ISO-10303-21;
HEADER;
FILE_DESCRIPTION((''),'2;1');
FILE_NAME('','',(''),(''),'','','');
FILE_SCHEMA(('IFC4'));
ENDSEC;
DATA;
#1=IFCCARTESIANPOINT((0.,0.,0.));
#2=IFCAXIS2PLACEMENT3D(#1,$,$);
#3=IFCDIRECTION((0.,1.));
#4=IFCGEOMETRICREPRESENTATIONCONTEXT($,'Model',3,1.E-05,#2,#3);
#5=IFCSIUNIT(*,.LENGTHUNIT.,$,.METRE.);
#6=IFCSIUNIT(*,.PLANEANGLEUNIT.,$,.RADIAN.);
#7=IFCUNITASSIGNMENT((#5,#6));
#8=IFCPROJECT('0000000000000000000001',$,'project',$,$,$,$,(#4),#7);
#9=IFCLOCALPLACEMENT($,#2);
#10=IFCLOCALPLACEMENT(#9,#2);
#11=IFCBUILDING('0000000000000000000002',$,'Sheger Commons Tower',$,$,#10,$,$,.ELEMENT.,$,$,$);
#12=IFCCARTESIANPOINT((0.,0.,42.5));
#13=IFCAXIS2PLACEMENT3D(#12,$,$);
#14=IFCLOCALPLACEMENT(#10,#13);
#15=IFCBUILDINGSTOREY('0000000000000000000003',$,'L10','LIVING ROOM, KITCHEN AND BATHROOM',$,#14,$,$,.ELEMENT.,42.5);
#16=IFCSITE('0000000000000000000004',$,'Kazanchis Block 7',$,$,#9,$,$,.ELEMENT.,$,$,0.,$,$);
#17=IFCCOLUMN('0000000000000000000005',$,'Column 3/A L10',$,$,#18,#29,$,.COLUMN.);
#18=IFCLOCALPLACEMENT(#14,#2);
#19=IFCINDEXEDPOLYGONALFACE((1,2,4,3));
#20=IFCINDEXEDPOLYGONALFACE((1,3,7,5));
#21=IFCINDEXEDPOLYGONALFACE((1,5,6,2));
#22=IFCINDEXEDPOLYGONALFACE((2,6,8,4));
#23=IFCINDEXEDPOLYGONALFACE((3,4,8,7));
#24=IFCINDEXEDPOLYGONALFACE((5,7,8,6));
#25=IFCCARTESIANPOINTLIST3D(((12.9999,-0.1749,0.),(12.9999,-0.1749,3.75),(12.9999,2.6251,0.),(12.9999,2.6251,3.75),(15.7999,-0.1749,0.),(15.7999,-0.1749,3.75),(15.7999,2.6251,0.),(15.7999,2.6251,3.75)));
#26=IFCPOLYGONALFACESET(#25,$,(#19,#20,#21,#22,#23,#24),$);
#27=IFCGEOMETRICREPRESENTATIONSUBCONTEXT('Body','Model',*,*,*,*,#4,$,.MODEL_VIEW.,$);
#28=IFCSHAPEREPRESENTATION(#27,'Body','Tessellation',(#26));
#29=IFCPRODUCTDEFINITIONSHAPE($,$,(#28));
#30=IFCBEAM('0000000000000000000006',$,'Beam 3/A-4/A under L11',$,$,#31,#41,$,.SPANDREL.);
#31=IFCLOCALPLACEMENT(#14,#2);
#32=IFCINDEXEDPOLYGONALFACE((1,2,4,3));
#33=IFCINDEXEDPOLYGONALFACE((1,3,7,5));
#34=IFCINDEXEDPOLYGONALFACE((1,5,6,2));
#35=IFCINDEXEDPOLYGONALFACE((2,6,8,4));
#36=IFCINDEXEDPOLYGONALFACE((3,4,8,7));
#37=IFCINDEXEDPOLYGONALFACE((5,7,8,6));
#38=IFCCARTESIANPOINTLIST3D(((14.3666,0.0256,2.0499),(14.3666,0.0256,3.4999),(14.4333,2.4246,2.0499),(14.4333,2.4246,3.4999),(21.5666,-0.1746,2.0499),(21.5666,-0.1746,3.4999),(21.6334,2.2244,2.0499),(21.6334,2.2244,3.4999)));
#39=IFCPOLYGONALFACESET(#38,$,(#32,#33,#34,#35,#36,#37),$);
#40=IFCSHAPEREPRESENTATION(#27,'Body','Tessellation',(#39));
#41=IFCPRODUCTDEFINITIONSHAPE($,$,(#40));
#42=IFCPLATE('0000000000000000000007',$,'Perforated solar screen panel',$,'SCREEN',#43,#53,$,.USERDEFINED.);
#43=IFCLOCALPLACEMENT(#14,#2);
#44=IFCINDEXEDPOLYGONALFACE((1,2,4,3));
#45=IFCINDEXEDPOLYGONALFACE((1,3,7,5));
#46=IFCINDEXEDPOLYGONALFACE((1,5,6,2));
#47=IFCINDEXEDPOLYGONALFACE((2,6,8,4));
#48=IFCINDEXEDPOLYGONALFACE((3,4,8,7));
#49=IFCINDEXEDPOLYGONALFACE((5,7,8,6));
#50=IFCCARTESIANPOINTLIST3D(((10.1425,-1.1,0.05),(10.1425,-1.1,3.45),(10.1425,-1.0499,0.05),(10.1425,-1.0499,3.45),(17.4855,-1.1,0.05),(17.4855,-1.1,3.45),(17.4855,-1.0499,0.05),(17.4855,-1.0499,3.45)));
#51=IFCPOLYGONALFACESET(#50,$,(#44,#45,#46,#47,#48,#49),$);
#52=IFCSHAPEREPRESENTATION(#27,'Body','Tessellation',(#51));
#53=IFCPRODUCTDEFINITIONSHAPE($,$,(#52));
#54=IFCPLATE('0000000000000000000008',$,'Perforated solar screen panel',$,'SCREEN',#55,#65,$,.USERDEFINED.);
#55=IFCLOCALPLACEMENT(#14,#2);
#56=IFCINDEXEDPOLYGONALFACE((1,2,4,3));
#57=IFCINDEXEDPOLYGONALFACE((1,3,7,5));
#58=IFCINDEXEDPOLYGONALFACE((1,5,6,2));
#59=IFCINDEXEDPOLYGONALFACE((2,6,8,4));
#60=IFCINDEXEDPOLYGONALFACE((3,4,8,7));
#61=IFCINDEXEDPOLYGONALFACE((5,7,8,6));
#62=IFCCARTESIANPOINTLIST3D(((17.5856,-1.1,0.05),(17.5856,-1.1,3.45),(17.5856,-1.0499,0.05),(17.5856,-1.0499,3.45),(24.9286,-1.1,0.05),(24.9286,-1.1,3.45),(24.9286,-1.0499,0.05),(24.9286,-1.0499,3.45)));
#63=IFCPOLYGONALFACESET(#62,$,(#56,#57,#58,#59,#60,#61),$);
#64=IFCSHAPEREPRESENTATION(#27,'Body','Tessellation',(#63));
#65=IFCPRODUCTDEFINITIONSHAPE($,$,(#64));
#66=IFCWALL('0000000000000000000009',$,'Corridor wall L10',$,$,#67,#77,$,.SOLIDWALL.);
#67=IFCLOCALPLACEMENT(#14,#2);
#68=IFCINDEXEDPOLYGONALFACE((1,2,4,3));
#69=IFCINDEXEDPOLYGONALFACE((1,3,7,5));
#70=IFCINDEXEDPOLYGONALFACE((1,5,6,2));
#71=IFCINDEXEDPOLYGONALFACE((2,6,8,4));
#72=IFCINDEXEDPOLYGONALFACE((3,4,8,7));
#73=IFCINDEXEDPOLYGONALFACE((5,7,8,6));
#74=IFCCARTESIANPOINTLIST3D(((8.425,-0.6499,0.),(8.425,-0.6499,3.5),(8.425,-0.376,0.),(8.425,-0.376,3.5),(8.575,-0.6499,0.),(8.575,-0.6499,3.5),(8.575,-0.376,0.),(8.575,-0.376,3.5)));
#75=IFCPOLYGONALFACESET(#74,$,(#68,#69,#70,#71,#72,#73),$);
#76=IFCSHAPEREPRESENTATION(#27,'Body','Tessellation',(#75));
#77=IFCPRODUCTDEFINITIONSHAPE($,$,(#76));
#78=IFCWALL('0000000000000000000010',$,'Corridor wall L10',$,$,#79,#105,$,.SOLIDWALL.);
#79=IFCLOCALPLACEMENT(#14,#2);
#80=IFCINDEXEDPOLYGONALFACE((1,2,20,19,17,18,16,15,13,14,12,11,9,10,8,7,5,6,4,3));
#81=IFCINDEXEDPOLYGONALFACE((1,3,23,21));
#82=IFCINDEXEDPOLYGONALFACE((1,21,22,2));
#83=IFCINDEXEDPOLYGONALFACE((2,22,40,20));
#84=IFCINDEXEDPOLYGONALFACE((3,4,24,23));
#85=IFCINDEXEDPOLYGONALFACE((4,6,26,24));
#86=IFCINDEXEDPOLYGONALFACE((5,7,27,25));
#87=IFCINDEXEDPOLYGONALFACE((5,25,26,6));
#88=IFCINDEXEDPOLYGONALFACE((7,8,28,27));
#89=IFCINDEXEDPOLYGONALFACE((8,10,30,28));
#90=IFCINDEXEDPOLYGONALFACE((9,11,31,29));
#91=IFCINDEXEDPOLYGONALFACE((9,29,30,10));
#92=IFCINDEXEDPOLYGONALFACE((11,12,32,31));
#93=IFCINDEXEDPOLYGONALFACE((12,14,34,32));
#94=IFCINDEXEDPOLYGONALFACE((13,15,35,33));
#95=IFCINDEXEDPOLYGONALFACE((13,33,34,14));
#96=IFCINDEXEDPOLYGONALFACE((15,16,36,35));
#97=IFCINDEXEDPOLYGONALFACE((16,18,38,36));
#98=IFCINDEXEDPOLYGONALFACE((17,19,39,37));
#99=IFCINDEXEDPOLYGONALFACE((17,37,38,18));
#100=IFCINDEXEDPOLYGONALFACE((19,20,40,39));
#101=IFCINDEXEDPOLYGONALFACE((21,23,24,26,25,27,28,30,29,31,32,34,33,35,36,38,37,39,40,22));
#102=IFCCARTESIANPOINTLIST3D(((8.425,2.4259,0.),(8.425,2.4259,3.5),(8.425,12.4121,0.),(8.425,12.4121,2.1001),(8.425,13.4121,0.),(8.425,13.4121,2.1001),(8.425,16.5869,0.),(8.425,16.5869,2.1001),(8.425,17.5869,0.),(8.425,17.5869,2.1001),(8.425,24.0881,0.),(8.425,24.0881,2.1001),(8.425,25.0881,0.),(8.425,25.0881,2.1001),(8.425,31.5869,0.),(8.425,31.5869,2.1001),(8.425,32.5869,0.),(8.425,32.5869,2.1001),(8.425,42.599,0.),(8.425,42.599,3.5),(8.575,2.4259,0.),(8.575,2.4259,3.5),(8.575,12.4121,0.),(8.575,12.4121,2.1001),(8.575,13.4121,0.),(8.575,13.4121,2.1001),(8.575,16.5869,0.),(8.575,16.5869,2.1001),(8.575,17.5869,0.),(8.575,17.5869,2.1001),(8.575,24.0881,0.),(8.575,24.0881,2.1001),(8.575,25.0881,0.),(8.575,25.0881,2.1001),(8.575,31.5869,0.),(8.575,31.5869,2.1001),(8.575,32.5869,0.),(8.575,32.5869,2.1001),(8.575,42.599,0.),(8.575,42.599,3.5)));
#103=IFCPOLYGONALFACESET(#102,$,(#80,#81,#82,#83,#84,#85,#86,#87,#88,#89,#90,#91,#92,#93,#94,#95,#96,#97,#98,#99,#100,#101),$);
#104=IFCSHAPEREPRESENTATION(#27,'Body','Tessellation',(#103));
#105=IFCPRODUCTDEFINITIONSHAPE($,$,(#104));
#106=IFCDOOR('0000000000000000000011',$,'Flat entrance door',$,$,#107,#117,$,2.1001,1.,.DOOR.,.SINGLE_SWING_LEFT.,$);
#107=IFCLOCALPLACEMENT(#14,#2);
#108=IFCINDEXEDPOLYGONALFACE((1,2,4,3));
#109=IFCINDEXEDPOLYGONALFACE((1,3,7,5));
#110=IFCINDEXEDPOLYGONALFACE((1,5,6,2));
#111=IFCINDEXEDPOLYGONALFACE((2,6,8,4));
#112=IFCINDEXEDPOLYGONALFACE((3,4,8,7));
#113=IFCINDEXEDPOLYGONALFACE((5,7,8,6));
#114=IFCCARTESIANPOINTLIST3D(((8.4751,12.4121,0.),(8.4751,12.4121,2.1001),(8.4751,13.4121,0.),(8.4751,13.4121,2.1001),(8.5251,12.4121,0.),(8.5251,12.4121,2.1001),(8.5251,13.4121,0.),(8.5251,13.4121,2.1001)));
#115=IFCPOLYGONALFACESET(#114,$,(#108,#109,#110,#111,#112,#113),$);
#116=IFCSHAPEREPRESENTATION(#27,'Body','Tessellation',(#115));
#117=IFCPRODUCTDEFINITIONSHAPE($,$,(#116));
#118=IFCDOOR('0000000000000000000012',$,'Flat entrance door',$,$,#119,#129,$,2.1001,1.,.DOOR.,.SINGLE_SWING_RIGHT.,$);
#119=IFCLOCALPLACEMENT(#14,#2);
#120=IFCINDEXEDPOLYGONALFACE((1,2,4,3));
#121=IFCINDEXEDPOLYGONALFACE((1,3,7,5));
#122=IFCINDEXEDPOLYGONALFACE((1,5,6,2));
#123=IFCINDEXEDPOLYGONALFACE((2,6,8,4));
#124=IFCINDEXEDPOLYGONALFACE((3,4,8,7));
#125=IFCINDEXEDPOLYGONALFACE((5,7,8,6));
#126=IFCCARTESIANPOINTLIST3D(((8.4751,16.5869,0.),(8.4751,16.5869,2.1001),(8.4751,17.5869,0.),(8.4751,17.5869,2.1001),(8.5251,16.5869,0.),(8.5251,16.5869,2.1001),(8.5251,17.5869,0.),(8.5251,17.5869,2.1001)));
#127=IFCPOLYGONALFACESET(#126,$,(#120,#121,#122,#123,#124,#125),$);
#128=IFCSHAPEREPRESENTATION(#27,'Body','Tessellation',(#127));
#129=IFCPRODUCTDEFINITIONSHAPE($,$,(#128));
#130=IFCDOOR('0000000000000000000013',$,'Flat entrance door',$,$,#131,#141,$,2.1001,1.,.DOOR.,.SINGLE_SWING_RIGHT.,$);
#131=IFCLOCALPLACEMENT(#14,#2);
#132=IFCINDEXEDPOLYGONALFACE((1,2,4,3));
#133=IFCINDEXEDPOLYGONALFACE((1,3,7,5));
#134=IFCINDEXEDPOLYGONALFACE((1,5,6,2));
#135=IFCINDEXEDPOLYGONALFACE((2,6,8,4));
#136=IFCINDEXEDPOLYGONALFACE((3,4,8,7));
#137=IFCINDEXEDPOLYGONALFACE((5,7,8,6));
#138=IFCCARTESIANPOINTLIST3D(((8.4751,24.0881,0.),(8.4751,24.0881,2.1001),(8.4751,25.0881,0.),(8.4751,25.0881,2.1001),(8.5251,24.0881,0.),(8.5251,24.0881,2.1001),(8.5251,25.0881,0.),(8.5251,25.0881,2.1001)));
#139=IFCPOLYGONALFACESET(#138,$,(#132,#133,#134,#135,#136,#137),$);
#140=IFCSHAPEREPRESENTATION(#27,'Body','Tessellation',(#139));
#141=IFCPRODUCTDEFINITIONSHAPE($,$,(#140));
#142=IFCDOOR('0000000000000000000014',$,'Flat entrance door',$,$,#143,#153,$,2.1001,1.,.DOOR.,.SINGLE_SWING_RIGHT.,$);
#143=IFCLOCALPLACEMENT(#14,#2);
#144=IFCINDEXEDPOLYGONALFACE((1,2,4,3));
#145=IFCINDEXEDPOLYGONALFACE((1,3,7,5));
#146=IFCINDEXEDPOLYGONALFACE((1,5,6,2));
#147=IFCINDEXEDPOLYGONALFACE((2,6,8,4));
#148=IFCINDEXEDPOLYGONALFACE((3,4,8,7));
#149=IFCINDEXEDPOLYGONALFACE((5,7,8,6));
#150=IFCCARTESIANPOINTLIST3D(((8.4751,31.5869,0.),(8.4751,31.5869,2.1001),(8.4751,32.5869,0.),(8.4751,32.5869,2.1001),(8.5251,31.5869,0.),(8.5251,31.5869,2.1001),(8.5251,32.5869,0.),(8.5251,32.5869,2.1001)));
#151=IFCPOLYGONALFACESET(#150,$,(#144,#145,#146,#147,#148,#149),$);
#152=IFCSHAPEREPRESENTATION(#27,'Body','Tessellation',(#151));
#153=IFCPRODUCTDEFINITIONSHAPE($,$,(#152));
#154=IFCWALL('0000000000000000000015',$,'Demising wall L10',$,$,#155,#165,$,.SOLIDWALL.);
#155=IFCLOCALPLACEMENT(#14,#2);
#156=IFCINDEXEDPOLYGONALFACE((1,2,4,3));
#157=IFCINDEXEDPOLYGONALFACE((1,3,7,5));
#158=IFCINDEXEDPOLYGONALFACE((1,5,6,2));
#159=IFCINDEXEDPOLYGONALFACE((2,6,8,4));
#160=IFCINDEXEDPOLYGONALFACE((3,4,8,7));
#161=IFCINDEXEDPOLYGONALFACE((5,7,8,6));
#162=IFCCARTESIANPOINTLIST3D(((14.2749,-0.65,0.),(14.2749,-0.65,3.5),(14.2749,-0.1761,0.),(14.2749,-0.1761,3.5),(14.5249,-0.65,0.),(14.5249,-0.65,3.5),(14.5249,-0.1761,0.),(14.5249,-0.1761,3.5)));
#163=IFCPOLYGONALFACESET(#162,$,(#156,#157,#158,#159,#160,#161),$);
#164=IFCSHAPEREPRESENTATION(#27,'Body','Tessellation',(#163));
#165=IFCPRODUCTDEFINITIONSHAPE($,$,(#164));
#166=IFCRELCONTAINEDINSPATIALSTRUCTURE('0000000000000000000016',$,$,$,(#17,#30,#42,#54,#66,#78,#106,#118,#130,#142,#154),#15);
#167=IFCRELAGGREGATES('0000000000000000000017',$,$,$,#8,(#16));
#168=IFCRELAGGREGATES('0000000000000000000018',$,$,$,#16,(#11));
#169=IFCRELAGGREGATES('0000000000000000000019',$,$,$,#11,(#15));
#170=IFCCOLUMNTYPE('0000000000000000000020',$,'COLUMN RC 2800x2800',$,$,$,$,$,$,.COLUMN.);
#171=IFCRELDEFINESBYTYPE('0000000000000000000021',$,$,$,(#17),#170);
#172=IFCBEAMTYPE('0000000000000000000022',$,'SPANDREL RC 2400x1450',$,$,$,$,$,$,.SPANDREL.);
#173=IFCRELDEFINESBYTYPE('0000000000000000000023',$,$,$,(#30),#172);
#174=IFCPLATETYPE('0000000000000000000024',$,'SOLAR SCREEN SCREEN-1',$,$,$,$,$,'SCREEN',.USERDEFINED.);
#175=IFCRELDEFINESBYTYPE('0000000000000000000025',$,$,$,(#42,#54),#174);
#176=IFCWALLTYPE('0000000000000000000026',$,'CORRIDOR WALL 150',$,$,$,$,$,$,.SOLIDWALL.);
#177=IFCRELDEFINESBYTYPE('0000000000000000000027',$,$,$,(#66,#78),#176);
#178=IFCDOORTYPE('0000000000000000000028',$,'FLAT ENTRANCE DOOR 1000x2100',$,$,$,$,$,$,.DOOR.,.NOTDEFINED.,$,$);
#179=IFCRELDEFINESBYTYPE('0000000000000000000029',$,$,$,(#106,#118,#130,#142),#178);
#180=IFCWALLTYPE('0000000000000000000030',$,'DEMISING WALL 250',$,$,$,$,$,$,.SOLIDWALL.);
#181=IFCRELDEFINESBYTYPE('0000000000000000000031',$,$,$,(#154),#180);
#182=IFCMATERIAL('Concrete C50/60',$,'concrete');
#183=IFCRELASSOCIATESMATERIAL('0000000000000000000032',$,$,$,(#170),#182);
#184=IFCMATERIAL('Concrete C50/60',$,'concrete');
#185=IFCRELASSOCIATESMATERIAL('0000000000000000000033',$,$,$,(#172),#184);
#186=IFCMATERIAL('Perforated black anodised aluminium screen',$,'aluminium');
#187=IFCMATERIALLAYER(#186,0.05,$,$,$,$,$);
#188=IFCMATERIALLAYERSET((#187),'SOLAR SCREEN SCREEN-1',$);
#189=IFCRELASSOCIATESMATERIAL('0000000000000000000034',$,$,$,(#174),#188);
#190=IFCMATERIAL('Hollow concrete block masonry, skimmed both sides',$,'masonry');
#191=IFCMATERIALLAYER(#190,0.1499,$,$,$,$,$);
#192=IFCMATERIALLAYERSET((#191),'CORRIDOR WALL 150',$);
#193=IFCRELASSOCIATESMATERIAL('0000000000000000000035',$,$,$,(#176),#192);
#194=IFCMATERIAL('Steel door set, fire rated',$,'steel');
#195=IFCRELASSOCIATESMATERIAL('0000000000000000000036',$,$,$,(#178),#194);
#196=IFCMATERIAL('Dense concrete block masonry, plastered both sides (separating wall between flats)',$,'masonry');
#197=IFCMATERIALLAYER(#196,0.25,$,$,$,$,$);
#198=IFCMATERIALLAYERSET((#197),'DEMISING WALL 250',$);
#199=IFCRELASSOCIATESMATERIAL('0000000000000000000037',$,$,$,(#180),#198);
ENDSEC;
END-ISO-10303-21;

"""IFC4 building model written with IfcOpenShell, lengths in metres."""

from ifc_helpers import new_model, si_unit, direction, frame, frame_2d, origin, origin_2d, place, context, subcontext, project, spatial, rectangle, extrude, material, layer, layer_set, material_profile, profile_set, type_object, element, fill, save


model = new_model("IFC4")

# Units and contexts
model_context = context("Model", 3, precision=1e-05, world=origin(), true_north=direction((0.0, 1.0)))
body_context = subcontext(model_context, "Body", "Model", "MODEL_VIEW")
ifc_project = project(units=[si_unit("LENGTHUNIT", "METRE"), si_unit("PLANEANGLEUNIT", "RADIAN")], contexts=[model_context])

# Site, building, storey
site_placement = place(None, origin())
site = spatial("IfcSite", under=ifc_project, at=site_placement, Name="Kazanchis Block 7", CompositionType="ELEMENT", RefElevation=0.0)
building_placement = place(site_placement, origin())
building = spatial("IfcBuilding", under=site, at=building_placement, Name="Sheger Commons Tower", CompositionType="ELEMENT")
storey_placement = place(building_placement, frame((0.0, 0.0, 42.5)))
storey = spatial("IfcBuildingStorey", under=building, at=storey_placement, Name="L10", Description="LIVING ROOM, KITCHEN AND BATHROOM", CompositionType="ELEMENT", Elevation=42.5)

# Column
ifc_material_1 = material(Name="Concrete C50/60", Category="concrete")
ifc_material_profile_1 = material_profile(ifc_material_1, rectangle(XDim=2.8, YDim=2.8, at=origin_2d()), Name="RC 2800x2800")
ifc_profile_set_1 = profile_set([ifc_material_profile_1], Name="Concrete C50/60")
column_type = type_object("IfcColumnType", Name="COLUMN RC 2800x2800", PredefinedType="COLUMN", material=ifc_profile_set_1)
column_placement = place(storey_placement, frame((14.3999, 1.2251, 0.0), z_axis=(0.0, 0.0, 1.0), x_axis=(1.0, 0.0, 0.0)))
element("IfcColumn", 1, at=column_placement, inside=storey, type_object=column_type, Name="Column 3/A L10", PredefinedType="COLUMN", context=body_context, shape_type="SweptSolid", body=[
    extrude(rectangle(XDim=2.8, YDim=2.8, at=origin_2d()), origin(), (0.0, 0.0, 1.0), 3.75),
])

# Beam
ifc_material_2 = material(Name="Concrete C50/60", Category="concrete")
ifc_material_profile_2 = material_profile(ifc_material_2, rectangle(XDim=2.3999, YDim=1.45, at=origin_2d()), Name="RC 2400x1450")
ifc_profile_set_2 = profile_set([ifc_material_profile_2], Name="Concrete C50/60")
beam_type = type_object("IfcBeamType", Name="SPANDREL RC 2400x1450", PredefinedType="SPANDREL", material=ifc_profile_set_2)
beam_placement = place(storey_placement, frame((14.3999, 1.2251, 2.7749), z_axis=(0.999614, -0.027793, 0.0), x_axis=(0.027793, 0.999614, 0.0)))
element("IfcBeam", 2, at=beam_placement, inside=storey, type_object=beam_type, Name="Beam 3/A-4/A under L11", PredefinedType="SPANDREL", context=body_context, shape_type="SweptSolid", body=[
    extrude(rectangle(XDim=2.3999, YDim=1.45, at=origin_2d()), origin(), (0.0, 0.0, 1.0), 7.2029),
])

# Plates
ifc_material_3 = material(Name="Perforated black anodised aluminium screen", Category="aluminium")
ifc_layer_1 = layer(ifc_material_3, 0.05)
ifc_layer_set_1 = layer_set([ifc_layer_1], Name="SOLAR SCREEN SCREEN-1")
plate_type = type_object("IfcPlateType", Name="SOLAR SCREEN SCREEN-1", ElementType="SCREEN", PredefinedType="USERDEFINED", material=ifc_layer_set_1)
for number, where, z_axis, x_axis, name in (
    (3, (13.814, -1.075, 0.05), (0.0, 0.0, 1.0), (1.0, 0.0, 0.0), "Perforated solar screen panel"),
    (4, (21.2571, -1.075, 0.05), (0.0, 0.0, 1.0), (1.0, 0.0, 0.0), "Perforated solar screen panel"),
):
    element("IfcPlate", number, at=place(storey_placement, frame(where, z_axis=z_axis, x_axis=x_axis)), inside=storey, type_object=plate_type, Name=name, ObjectType="SCREEN", PredefinedType="USERDEFINED", context=body_context, shape_type="SweptSolid", body=[
        extrude(rectangle(XDim=7.343, YDim=0.05, at=origin_2d()), origin(), (0.0, 0.0, 1.0), 3.3999),
    ])

# Wall
ifc_material_4 = material(Name="Hollow concrete block masonry, skimmed both sides", Category="masonry")
ifc_layer_2 = layer(ifc_material_4, 0.1499)
ifc_layer_set_2 = layer_set([ifc_layer_2], Name="CORRIDOR WALL 150")
wall_type_1 = type_object("IfcWallType", Name="CORRIDOR WALL 150", PredefinedType="SOLIDWALL", material=ifc_layer_set_2)
wall_1_placement = place(storey_placement, frame((8.5, -0.6499, 0.0), z_axis=(0.0, 0.0, 1.0), x_axis=(0.0, 1.0, 0.0)))
element("IfcWall", 5, at=wall_1_placement, inside=storey, type_object=wall_type_1, Name="Corridor wall L10", PredefinedType="SOLIDWALL", context=body_context, shape_type="SweptSolid", body=[
    extrude(rectangle(XDim=0.2739, YDim=0.1499, at=frame_2d((0.137, 0.0))), origin(), (0.0, 0.0, 1.0), 3.5),
])

# Wall, openings, doors
wall_2_placement = place(storey_placement, frame((8.5, 2.426, 0.0), z_axis=(0.0, 0.0, 1.0), x_axis=(0.0, 1.0, 0.0)))
wall_2 = element("IfcWall", 6, at=wall_2_placement, inside=storey, type_object=wall_type_1, Name="Corridor wall L10", PredefinedType="SOLIDWALL", context=body_context, shape_type="SweptSolid", body=[
    extrude(rectangle(XDim=40.1731, YDim=0.1499, at=frame_2d((20.0864, 0.0))), origin(), (0.0, 0.0, 1.0), 3.5),
])
opening_1_placement = place(wall_2_placement, frame((9.9861, 0.0, 0.0)))
opening_1 = element("IfcOpeningElement", 7, at=opening_1_placement, cuts=wall_2, PredefinedType="OPENING", context=body_context, shape_type="SweptSolid", body=[
    extrude(rectangle(XDim=1.0, YDim=2.1001, at=frame_2d((0.5, 1.05))), frame((0.0, 0.085, 0.0), z_axis=(0.0, -1.0, 0.0), x_axis=(1.0, 0.0, 0.0)), (0.0, 0.0, 1.0), 0.1699),
])
opening_2_placement = place(wall_2_placement, frame((14.1609, 0.0, 0.0)))
opening_2 = element("IfcOpeningElement", 8, at=opening_2_placement, cuts=wall_2, PredefinedType="OPENING", context=body_context, shape_type="SweptSolid", body=[
    extrude(rectangle(XDim=1.0, YDim=2.1001, at=frame_2d((0.5, 1.05))), frame((0.0, 0.085, 0.0), z_axis=(0.0, -1.0, 0.0), x_axis=(1.0, 0.0, 0.0)), (0.0, 0.0, 1.0), 0.1699),
])
opening_3_placement = place(wall_2_placement, frame((21.6621, 0.0, 0.0)))
opening_3 = element("IfcOpeningElement", 9, at=opening_3_placement, cuts=wall_2, PredefinedType="OPENING", context=body_context, shape_type="SweptSolid", body=[
    extrude(rectangle(XDim=1.0, YDim=2.1001, at=frame_2d((0.5, 1.05))), frame((0.0, 0.085, 0.0), z_axis=(0.0, -1.0, 0.0), x_axis=(1.0, 0.0, 0.0)), (0.0, 0.0, 1.0), 0.1699),
])
opening_4_placement = place(wall_2_placement, frame((29.1609, 0.0, 0.0)))
opening_4 = element("IfcOpeningElement", 10, at=opening_4_placement, cuts=wall_2, PredefinedType="OPENING", context=body_context, shape_type="SweptSolid", body=[
    extrude(rectangle(XDim=1.0, YDim=2.1001, at=frame_2d((0.5, 1.05))), frame((0.0, 0.085, 0.0), z_axis=(0.0, -1.0, 0.0), x_axis=(1.0, 0.0, 0.0)), (0.0, 0.0, 1.0), 0.1699),
])
ifc_material_5 = material(Name="Steel door set, fire rated", Category="steel")
door_type = type_object("IfcDoorType", Name="FLAT ENTRANCE DOOR 1000x2100", OperationType="NOTDEFINED", PredefinedType="DOOR", material=ifc_material_5)
door_1_placement = place(opening_1_placement, origin())
door_1 = element("IfcDoor", 11, at=door_1_placement, inside=storey, type_object=door_type, Name="Flat entrance door", OperationType="SINGLE_SWING_LEFT", OverallHeight=2.1001, OverallWidth=1.0, PredefinedType="DOOR", context=body_context, shape_type="SweptSolid", body=[
    extrude(rectangle(XDim=1.0, YDim=2.1001, at=frame_2d((0.5, 1.05))), frame((0.0, 0.0249, 0.0), z_axis=(0.0, -1.0, 0.0), x_axis=(1.0, 0.0, 0.0)), (0.0, 0.0, 1.0), 0.05),
])
fill(opening_1, door_1)
door_2_placement = place(opening_2_placement, origin())
door_2 = element("IfcDoor", 12, at=door_2_placement, inside=storey, type_object=door_type, Name="Flat entrance door", OperationType="SINGLE_SWING_RIGHT", OverallHeight=2.1001, OverallWidth=1.0, PredefinedType="DOOR", context=body_context, shape_type="SweptSolid", body=[
    extrude(rectangle(XDim=1.0, YDim=2.1001, at=frame_2d((0.5, 1.05))), frame((0.0, 0.0249, 0.0), z_axis=(0.0, -1.0, 0.0), x_axis=(1.0, 0.0, 0.0)), (0.0, 0.0, 1.0), 0.05),
])
fill(opening_2, door_2)
door_3_placement = place(opening_3_placement, origin())
door_3 = element("IfcDoor", 13, at=door_3_placement, inside=storey, type_object=door_type, Name="Flat entrance door", OperationType="SINGLE_SWING_RIGHT", OverallHeight=2.1001, OverallWidth=1.0, PredefinedType="DOOR", context=body_context, shape_type="SweptSolid", body=[
    extrude(rectangle(XDim=1.0, YDim=2.1001, at=frame_2d((0.5, 1.05))), frame((0.0, 0.0249, 0.0), z_axis=(0.0, -1.0, 0.0), x_axis=(1.0, 0.0, 0.0)), (0.0, 0.0, 1.0), 0.05),
])
fill(opening_3, door_3)
door_4_placement = place(opening_4_placement, origin())
door_4 = element("IfcDoor", 14, at=door_4_placement, inside=storey, type_object=door_type, Name="Flat entrance door", OperationType="SINGLE_SWING_RIGHT", OverallHeight=2.1001, OverallWidth=1.0, PredefinedType="DOOR", context=body_context, shape_type="SweptSolid", body=[
    extrude(rectangle(XDim=1.0, YDim=2.1001, at=frame_2d((0.5, 1.05))), frame((0.0, 0.0249, 0.0), z_axis=(0.0, -1.0, 0.0), x_axis=(1.0, 0.0, 0.0)), (0.0, 0.0, 1.0), 0.05),
])
fill(opening_4, door_4)

# Wall
ifc_material_6 = material(Name="Dense concrete block masonry, plastered both sides (separating wall between flats)", Category="masonry")
ifc_layer_3 = layer(ifc_material_6, 0.25)
ifc_layer_set_3 = layer_set([ifc_layer_3], Name="DEMISING WALL 250")
wall_type_2 = type_object("IfcWallType", Name="DEMISING WALL 250", PredefinedType="SOLIDWALL", material=ifc_layer_set_3)
wall_3_placement = place(storey_placement, frame((14.3999, -0.6499, 0.0), z_axis=(0.0, 0.0, 1.0), x_axis=(0.0, 1.0, 0.0)))
element("IfcWall", 15, at=wall_3_placement, inside=storey, type_object=wall_type_2, Name="Demising wall L10", PredefinedType="SOLIDWALL", context=body_context, shape_type="SweptSolid", body=[
    extrude(rectangle(XDim=0.4739, YDim=0.25, at=frame_2d((0.2368, 0.0))), origin(), (0.0, 0.0, 1.0), 3.5),
])

save(model, "model.ifc")
